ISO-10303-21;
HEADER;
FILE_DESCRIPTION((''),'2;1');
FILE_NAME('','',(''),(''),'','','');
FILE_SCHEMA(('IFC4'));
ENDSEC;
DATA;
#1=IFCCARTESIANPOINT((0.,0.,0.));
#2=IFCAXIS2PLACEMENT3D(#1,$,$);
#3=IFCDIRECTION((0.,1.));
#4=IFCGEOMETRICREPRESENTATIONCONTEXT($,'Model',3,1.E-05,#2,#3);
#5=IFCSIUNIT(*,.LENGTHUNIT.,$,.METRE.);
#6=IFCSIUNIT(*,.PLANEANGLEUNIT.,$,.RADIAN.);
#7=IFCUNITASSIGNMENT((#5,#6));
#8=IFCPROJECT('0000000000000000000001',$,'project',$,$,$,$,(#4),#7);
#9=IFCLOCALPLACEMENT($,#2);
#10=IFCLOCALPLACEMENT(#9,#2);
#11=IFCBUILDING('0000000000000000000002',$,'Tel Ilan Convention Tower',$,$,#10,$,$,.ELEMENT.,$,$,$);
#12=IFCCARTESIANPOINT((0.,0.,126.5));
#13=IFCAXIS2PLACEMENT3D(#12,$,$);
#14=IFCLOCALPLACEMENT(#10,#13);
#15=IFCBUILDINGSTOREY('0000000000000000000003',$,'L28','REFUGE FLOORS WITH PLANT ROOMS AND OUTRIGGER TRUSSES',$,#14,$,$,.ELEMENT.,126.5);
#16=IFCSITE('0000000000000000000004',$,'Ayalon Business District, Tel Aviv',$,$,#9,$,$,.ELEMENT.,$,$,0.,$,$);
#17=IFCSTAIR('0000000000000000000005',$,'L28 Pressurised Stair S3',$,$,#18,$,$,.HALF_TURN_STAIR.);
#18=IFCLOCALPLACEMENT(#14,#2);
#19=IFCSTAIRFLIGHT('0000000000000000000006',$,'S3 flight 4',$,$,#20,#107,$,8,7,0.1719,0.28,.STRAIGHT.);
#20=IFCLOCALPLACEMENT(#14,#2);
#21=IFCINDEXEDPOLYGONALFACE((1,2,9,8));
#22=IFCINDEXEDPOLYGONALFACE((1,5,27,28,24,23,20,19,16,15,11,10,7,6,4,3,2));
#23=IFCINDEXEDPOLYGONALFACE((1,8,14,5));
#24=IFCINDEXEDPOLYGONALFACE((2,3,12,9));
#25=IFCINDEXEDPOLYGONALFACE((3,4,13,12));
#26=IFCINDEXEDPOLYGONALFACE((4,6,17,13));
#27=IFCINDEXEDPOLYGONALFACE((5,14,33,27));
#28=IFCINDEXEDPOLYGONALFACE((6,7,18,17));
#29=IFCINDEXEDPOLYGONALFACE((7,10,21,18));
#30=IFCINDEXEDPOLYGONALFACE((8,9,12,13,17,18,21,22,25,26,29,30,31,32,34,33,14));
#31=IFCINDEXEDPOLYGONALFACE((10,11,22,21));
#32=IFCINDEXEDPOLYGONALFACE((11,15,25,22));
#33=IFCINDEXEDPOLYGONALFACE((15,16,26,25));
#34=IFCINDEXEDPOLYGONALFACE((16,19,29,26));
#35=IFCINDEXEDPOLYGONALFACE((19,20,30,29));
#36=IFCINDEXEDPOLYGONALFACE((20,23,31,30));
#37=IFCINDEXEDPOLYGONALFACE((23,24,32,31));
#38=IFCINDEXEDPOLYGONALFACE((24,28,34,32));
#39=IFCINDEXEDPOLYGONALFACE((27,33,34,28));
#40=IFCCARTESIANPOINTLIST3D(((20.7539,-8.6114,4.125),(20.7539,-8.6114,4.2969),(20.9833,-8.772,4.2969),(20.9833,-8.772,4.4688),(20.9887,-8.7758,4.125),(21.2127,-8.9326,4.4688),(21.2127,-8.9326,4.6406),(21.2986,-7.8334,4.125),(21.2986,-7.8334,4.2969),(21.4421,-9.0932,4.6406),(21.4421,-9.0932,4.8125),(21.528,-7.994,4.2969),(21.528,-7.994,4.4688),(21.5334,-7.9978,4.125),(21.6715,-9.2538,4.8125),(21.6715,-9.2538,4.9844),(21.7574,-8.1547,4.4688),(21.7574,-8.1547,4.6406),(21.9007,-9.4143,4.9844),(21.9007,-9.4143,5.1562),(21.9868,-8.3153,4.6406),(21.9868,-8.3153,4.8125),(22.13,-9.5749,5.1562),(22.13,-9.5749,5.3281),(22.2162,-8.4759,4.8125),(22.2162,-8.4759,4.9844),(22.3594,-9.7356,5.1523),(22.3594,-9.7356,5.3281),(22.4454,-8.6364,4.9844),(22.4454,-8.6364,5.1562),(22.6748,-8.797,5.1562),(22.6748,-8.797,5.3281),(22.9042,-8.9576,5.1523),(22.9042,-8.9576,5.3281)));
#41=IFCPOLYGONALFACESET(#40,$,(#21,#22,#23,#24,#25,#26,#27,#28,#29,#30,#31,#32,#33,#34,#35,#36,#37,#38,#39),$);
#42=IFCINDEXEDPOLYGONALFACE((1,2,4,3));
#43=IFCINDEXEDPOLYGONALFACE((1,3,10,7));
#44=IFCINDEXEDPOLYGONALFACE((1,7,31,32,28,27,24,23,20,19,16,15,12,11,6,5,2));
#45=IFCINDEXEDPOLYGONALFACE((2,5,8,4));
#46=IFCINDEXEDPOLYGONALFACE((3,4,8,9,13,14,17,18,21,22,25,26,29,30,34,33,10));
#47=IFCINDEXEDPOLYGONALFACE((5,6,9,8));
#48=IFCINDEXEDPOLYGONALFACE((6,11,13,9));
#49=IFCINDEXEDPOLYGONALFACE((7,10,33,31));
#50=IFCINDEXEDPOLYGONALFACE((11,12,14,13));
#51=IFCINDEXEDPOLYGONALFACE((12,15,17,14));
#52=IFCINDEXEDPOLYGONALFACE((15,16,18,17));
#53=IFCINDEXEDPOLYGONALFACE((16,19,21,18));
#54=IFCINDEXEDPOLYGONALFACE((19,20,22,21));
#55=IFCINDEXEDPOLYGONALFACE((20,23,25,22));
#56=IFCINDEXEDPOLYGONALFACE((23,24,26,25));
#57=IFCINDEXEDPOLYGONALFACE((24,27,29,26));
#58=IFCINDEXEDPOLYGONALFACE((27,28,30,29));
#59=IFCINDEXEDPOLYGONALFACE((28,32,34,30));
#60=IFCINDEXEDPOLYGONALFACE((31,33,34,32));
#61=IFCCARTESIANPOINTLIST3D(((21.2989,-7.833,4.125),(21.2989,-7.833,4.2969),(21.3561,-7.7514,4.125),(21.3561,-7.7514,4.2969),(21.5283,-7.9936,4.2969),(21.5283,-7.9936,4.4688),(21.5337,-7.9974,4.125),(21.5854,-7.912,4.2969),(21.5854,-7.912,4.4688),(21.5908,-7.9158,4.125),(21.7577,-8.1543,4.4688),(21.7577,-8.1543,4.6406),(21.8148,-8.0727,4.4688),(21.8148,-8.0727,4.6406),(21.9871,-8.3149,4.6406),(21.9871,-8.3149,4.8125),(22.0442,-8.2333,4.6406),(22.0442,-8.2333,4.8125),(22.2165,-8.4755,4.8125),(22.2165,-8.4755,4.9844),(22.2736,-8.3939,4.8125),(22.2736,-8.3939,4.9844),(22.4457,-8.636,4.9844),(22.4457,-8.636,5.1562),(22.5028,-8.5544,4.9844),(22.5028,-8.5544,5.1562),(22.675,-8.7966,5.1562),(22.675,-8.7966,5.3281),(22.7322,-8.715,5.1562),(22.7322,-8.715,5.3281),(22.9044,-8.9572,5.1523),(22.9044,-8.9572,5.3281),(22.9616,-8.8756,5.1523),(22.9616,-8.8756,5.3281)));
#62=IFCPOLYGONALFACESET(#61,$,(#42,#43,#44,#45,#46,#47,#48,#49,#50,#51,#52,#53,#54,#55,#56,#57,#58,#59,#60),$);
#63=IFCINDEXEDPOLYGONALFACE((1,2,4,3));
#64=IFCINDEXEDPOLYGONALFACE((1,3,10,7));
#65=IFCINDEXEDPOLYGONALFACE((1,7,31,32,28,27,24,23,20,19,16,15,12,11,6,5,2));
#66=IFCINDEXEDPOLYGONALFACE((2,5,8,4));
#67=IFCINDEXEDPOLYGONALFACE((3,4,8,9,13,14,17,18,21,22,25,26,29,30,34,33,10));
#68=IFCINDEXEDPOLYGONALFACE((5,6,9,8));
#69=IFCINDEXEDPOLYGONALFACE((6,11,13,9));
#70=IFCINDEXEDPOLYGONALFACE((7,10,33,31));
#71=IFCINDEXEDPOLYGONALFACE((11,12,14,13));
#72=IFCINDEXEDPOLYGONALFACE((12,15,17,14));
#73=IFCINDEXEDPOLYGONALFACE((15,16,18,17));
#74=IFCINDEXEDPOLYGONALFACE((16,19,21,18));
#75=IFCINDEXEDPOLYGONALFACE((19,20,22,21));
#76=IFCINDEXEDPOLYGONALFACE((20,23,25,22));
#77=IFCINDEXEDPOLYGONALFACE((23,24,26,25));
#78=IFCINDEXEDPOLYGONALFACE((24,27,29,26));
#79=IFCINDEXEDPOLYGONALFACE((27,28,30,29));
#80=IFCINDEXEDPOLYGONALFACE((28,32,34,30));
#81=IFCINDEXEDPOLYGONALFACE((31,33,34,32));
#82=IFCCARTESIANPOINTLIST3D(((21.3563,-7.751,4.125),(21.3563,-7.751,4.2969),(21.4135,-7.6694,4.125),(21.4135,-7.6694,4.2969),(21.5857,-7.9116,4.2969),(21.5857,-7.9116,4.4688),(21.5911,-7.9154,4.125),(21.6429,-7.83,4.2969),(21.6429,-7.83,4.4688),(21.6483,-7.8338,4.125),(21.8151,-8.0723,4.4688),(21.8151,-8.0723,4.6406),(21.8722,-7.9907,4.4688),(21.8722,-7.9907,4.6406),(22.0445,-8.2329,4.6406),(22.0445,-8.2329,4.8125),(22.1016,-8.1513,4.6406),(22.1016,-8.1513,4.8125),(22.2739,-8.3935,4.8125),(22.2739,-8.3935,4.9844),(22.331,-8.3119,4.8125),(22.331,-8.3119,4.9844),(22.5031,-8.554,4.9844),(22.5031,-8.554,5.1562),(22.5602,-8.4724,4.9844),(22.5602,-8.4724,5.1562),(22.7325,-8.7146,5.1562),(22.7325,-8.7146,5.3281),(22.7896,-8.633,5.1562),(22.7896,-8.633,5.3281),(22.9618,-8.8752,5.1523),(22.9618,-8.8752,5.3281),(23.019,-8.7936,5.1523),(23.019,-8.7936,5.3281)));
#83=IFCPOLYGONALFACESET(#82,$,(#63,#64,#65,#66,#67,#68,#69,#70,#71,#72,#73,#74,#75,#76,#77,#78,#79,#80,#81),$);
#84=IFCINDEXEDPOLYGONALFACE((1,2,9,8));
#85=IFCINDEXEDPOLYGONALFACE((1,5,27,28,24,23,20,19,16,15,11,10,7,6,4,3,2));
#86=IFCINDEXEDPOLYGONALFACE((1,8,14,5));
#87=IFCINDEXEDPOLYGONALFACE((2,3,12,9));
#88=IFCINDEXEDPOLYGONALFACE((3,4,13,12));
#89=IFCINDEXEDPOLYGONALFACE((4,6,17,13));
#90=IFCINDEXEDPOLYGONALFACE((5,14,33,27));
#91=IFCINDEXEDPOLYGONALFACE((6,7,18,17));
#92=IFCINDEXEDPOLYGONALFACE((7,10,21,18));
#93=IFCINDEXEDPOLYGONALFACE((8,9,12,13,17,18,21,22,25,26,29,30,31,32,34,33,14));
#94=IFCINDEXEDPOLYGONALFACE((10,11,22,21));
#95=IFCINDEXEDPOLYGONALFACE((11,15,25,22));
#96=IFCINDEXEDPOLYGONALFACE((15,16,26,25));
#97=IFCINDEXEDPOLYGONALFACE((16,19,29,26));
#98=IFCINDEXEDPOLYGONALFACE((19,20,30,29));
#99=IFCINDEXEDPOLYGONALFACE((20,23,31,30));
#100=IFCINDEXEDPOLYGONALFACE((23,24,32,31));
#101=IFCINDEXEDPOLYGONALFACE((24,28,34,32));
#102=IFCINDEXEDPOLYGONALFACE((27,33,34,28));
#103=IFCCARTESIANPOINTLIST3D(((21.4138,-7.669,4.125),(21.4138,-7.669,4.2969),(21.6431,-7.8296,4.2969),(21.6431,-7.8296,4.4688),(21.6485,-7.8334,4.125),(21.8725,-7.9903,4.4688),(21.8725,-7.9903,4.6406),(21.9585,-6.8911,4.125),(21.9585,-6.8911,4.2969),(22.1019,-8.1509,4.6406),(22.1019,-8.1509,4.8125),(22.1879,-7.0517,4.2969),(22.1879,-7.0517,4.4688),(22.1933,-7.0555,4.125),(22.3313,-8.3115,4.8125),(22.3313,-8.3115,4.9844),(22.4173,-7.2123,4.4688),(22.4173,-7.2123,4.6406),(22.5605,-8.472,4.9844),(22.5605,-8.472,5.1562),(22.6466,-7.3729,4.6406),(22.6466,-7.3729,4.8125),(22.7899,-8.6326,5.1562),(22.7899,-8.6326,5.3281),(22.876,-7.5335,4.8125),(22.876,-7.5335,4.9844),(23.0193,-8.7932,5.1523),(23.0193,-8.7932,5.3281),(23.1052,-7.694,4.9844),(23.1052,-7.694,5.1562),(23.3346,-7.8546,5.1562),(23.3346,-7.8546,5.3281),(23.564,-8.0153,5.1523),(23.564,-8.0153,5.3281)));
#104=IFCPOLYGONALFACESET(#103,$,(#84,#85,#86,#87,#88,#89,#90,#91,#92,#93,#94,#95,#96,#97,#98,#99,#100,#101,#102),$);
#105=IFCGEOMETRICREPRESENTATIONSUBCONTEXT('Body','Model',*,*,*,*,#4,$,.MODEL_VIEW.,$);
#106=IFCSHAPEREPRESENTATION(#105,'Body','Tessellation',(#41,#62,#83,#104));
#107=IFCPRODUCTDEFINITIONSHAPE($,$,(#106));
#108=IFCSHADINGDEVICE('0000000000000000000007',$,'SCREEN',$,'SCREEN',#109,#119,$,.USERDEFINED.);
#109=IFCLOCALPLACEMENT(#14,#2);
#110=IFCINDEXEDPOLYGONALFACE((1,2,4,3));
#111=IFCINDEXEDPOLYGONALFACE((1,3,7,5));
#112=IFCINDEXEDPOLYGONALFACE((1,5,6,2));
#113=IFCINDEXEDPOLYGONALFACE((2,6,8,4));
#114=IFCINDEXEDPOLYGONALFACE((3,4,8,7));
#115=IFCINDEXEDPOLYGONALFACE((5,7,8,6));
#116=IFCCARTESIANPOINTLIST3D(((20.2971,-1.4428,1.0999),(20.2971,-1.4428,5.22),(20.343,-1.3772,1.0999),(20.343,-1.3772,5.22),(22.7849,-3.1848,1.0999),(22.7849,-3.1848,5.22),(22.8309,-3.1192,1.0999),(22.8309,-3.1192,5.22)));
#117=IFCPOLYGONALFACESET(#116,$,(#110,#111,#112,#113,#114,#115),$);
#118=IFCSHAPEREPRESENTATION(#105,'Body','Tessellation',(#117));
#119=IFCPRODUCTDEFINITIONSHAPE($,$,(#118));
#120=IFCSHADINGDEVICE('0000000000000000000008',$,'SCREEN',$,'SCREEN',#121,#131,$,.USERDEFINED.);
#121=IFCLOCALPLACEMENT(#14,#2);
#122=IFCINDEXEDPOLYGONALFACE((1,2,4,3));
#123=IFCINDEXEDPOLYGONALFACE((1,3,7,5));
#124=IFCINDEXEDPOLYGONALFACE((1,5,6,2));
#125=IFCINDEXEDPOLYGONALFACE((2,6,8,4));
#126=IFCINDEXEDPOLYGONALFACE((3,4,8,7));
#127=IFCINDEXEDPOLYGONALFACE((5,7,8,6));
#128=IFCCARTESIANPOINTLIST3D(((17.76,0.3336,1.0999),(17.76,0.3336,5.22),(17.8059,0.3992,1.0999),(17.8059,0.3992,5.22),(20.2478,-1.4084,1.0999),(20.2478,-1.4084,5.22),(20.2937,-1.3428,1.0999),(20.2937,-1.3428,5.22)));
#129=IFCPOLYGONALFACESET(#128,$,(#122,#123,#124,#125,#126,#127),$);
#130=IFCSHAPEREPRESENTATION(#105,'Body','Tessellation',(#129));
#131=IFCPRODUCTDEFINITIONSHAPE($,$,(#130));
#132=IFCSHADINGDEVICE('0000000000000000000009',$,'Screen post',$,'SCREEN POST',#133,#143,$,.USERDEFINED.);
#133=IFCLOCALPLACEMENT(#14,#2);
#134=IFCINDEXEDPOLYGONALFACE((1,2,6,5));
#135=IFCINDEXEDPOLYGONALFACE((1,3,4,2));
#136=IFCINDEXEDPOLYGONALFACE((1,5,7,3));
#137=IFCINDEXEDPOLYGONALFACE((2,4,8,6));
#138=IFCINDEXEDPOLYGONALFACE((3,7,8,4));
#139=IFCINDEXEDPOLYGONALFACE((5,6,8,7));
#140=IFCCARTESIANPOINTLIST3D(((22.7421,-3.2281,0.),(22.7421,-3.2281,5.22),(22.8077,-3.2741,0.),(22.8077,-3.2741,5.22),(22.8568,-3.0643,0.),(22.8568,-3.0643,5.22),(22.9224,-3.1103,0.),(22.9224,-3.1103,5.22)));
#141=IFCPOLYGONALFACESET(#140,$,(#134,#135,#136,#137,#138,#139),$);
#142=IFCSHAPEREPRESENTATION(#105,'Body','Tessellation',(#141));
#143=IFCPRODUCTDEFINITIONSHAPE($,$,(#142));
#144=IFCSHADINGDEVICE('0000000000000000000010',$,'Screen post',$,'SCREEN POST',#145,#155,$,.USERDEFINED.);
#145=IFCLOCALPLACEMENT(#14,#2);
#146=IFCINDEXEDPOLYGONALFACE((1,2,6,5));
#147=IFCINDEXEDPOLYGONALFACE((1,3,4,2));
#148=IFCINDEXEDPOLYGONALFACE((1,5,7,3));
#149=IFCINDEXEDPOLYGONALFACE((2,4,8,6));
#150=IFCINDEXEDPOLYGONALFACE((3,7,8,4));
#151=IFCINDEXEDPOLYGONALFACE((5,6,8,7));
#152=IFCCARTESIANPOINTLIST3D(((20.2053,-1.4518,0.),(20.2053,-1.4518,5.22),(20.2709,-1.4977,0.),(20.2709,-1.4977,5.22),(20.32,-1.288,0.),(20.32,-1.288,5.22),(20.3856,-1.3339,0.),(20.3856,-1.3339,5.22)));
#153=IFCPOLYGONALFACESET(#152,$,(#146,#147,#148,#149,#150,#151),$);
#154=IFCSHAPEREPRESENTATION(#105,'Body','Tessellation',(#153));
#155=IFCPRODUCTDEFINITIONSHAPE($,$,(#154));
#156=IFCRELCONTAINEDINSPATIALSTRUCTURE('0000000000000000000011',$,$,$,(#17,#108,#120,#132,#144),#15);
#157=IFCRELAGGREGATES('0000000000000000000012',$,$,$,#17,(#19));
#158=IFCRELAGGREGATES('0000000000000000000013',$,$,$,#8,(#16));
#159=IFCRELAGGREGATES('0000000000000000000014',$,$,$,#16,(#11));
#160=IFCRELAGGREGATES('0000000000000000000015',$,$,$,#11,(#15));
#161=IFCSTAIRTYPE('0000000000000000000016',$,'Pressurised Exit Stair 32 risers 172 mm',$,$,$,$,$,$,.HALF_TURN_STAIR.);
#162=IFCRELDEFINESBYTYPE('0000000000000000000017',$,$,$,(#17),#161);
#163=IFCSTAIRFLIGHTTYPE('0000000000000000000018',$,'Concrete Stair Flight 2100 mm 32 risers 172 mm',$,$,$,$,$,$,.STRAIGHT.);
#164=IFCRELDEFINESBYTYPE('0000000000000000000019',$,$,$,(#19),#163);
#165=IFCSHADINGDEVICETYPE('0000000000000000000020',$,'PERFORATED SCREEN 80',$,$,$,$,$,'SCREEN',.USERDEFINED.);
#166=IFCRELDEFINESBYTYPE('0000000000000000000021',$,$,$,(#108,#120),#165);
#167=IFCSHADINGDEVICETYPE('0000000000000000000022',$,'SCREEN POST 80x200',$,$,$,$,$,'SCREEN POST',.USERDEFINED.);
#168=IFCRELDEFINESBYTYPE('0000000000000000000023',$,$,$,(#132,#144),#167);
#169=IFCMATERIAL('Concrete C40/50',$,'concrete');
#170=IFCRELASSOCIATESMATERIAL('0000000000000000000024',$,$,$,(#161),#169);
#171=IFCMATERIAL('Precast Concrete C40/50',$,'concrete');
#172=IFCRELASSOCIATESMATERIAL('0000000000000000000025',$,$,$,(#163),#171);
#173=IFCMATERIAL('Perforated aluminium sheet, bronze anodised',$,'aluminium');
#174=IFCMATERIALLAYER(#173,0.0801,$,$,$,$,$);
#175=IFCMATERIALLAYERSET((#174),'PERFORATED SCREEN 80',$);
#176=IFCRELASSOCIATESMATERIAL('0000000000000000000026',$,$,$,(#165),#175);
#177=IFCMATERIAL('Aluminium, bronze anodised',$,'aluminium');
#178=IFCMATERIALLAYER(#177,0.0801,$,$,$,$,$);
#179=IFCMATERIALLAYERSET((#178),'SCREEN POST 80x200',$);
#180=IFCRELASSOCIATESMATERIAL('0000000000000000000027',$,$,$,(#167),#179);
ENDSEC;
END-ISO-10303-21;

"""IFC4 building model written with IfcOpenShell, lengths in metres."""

from ifc_helpers import new_model, si_unit, direction, frame, origin, origin_2d, place, context, subcontext, project, spatial, polyline, rectangle, outline, extrude, material, layer, layer_set, type_object, element, aggregate, save


model = new_model("IFC4")

# Units and contexts
model_context = context("Model", 3, precision=1e-05, world=origin(), true_north=direction((0.0, 1.0)))
body_context = subcontext(model_context, "Body", "Model", "MODEL_VIEW")
ifc_project = project(units=[si_unit("LENGTHUNIT", "METRE"), si_unit("PLANEANGLEUNIT", "RADIAN")], contexts=[model_context])

# Site, building, storey
site_placement = place(None, origin())
site = spatial("IfcSite", under=ifc_project, at=site_placement, Name="Ayalon Business District, Tel Aviv", CompositionType="ELEMENT", RefElevation=0.0)
building_placement = place(site_placement, origin())
building = spatial("IfcBuilding", under=site, at=building_placement, Name="Tel Ilan Convention Tower", CompositionType="ELEMENT")
storey_placement = place(building_placement, frame((0.0, 0.0, 126.5)))
storey = spatial("IfcBuildingStorey", under=building, at=storey_placement, Name="L28", Description="REFUGE FLOORS WITH PLANT ROOMS AND OUTRIGGER TRUSSES", CompositionType="ELEMENT", Elevation=126.5)

# Stair, stair flight
ifc_material_1 = material(Name="Concrete C40/50", Category="concrete")
stair_type = type_object("IfcStairType", Name="Pressurised Exit Stair 32 risers 172 mm", PredefinedType="HALF_TURN_STAIR", material=ifc_material_1)
stair_placement = place(storey_placement, origin())
stair = element("IfcStair", 1, at=stair_placement, inside=storey, type_object=stair_type, Name="L28 Pressurised Stair S3", PredefinedType="HALF_TURN_STAIR")
ifc_material_2 = material(Name="Precast Concrete C40/50", Category="concrete")
stair_flight_type = type_object("IfcStairFlightType", Name="Concrete Stair Flight 2100 mm 32 risers 172 mm", PredefinedType="STRAIGHT", material=ifc_material_2)
stair_flight_1_placement = place(storey_placement, frame((21.3562, -7.7512, 4.125), z_axis=(0.0, 0.0, 1.0), x_axis=(0.819152, -0.573576, 0.0)))
stair_flight_1 = element("IfcStairFlight", 2, at=stair_flight_1_placement, type_object=stair_flight_type, Name="S3 flight 4", NumberOfRisers=8, NumberOfTreads=7, PredefinedType="STRAIGHT", RiserHeight=0.1719, TreadLength=0.28, context=body_context, shape_type="SweptSolid", body=[
    extrude(outline(polyline([(0.0, 0.0), (0.0, 0.1719), (0.28, 0.1719), (0.28, 0.3438), (0.5601, 0.3438), (0.5601, 0.5156), (0.8401, 0.5156), (0.8401, 0.6875), (1.1201, 0.6875), (1.1201, 0.8594), (1.3999, 0.8594), (1.3999, 1.0312), (1.6799, 1.0312), (1.6799, 1.2031), (1.96, 1.2031), (1.96, 1.375), (1.96, 1.0273), (0.2866, 0.0), (0.0, 0.0)])), frame((0.0, -0.1003, 0.0), z_axis=(0.0, -1.0, 0.0), x_axis=(1.0, 0.0, 0.0)), (0.0, 0.0, 1.0), 0.9497),
    extrude(outline(polyline([(0.0, 0.0), (0.0, 0.1719), (0.28, 0.1719), (0.28, 0.3438), (0.5601, 0.3438), (0.5601, 0.5156), (0.8401, 0.5156), (0.8401, 0.6875), (1.1201, 0.6875), (1.1201, 0.8594), (1.3999, 0.8594), (1.3999, 1.0312), (1.6799, 1.0312), (1.6799, 1.2031), (1.96, 1.2031), (1.96, 1.375), (1.96, 1.0273), (0.2866, 0.0), (0.0, 0.0)])), frame((0.0, -0.0002, 0.0), z_axis=(0.0, -1.0, 0.0), x_axis=(1.0, 0.0, 0.0)), (0.0, 0.0, 1.0), 0.0996),
    extrude(outline(polyline([(0.0, 0.0), (0.0, 0.1719), (0.28, 0.1719), (0.28, 0.3438), (0.5601, 0.3438), (0.5601, 0.5156), (0.8401, 0.5156), (0.8401, 0.6875), (1.1201, 0.6875), (1.1201, 0.8594), (1.3999, 0.8594), (1.3999, 1.0312), (1.6799, 1.0312), (1.6799, 1.2031), (1.96, 1.2031), (1.96, 1.375), (1.96, 1.0273), (0.2866, 0.0), (0.0, 0.0)])), frame((0.0, 0.0999, 0.0), z_axis=(0.0, -1.0, 0.0), x_axis=(1.0, 0.0, 0.0)), (0.0, 0.0, 1.0), 0.0996),
    extrude(outline(polyline([(0.0, 0.0), (0.0, 0.1719), (0.28, 0.1719), (0.28, 0.3438), (0.5601, 0.3438), (0.5601, 0.5156), (0.8401, 0.5156), (0.8401, 0.6875), (1.1201, 0.6875), (1.1201, 0.8594), (1.3999, 0.8594), (1.3999, 1.0312), (1.6799, 1.0312), (1.6799, 1.2031), (1.96, 1.2031), (1.96, 1.375), (1.96, 1.0273), (0.2866, 0.0), (0.0, 0.0)])), frame((0.0, 1.05, 0.0), z_axis=(0.0, -1.0, 0.0), x_axis=(1.0, 0.0, 0.0)), (0.0, 0.0, 1.0), 0.9497),
])
aggregate(stair, [stair_flight_1])

# Shading devices
ifc_material_3 = material(Name="Perforated aluminium sheet, bronze anodised", Category="aluminium")
ifc_layer_1 = layer(ifc_material_3, 0.0801)
ifc_layer_set_1 = layer_set([ifc_layer_1], Name="PERFORATED SCREEN 80")
shading_device_type_1 = type_object("IfcShadingDeviceType", Name="PERFORATED SCREEN 80", ElementType="SCREEN", PredefinedType="USERDEFINED", material=ifc_layer_set_1)
for number, where, z_axis, x_axis, name in (
    (3, (21.564, -2.281, 1.0999), (0.0, 0.0, 1.0), (-0.819152, 0.573576, 0.0), "SCREEN"),
    (4, (19.0269, -0.5046, 1.0999), (0.0, 0.0, 1.0), (-0.819152, 0.573576, 0.0), "SCREEN"),
):
    element("IfcShadingDevice", number, at=place(storey_placement, frame(where, z_axis=z_axis, x_axis=x_axis)), inside=storey, type_object=shading_device_type_1, Name=name, ObjectType="SCREEN", PredefinedType="USERDEFINED", context=body_context, shape_type="SweptSolid", body=[
        extrude(rectangle(XDim=3.0371, YDim=0.0801, at=origin_2d()), origin(), (0.0, 0.0, 1.0), 4.1201),
    ])
ifc_material_4 = material(Name="Aluminium, bronze anodised", Category="aluminium")
ifc_layer_2 = layer(ifc_material_4, 0.0801)
ifc_layer_set_2 = layer_set([ifc_layer_2], Name="SCREEN POST 80x200")
shading_device_type_2 = type_object("IfcShadingDeviceType", Name="SCREEN POST 80x200", ElementType="SCREEN POST", PredefinedType="USERDEFINED", material=ifc_layer_set_2)
for number, where, z_axis, x_axis, name in (
    (5, (22.8323, -3.1692, 0.0), (0.0, 0.0, 1.0), (-0.819152, 0.573576, 0.0), "Screen post"),
    (6, (20.2954, -1.3928, 0.0), (0.0, 0.0, 1.0), (-0.819152, 0.573576, 0.0), "Screen post"),
):
    element("IfcShadingDevice", number, at=place(storey_placement, frame(where, z_axis=z_axis, x_axis=x_axis)), inside=storey, type_object=shading_device_type_2, Name=name, ObjectType="SCREEN POST", PredefinedType="USERDEFINED", context=body_context, shape_type="SweptSolid", body=[
        extrude(rectangle(XDim=0.0801, YDim=0.2, at=origin_2d()), origin(), (0.0, 0.0, 1.0), 5.22),
    ])

save(model, "model.ifc")
